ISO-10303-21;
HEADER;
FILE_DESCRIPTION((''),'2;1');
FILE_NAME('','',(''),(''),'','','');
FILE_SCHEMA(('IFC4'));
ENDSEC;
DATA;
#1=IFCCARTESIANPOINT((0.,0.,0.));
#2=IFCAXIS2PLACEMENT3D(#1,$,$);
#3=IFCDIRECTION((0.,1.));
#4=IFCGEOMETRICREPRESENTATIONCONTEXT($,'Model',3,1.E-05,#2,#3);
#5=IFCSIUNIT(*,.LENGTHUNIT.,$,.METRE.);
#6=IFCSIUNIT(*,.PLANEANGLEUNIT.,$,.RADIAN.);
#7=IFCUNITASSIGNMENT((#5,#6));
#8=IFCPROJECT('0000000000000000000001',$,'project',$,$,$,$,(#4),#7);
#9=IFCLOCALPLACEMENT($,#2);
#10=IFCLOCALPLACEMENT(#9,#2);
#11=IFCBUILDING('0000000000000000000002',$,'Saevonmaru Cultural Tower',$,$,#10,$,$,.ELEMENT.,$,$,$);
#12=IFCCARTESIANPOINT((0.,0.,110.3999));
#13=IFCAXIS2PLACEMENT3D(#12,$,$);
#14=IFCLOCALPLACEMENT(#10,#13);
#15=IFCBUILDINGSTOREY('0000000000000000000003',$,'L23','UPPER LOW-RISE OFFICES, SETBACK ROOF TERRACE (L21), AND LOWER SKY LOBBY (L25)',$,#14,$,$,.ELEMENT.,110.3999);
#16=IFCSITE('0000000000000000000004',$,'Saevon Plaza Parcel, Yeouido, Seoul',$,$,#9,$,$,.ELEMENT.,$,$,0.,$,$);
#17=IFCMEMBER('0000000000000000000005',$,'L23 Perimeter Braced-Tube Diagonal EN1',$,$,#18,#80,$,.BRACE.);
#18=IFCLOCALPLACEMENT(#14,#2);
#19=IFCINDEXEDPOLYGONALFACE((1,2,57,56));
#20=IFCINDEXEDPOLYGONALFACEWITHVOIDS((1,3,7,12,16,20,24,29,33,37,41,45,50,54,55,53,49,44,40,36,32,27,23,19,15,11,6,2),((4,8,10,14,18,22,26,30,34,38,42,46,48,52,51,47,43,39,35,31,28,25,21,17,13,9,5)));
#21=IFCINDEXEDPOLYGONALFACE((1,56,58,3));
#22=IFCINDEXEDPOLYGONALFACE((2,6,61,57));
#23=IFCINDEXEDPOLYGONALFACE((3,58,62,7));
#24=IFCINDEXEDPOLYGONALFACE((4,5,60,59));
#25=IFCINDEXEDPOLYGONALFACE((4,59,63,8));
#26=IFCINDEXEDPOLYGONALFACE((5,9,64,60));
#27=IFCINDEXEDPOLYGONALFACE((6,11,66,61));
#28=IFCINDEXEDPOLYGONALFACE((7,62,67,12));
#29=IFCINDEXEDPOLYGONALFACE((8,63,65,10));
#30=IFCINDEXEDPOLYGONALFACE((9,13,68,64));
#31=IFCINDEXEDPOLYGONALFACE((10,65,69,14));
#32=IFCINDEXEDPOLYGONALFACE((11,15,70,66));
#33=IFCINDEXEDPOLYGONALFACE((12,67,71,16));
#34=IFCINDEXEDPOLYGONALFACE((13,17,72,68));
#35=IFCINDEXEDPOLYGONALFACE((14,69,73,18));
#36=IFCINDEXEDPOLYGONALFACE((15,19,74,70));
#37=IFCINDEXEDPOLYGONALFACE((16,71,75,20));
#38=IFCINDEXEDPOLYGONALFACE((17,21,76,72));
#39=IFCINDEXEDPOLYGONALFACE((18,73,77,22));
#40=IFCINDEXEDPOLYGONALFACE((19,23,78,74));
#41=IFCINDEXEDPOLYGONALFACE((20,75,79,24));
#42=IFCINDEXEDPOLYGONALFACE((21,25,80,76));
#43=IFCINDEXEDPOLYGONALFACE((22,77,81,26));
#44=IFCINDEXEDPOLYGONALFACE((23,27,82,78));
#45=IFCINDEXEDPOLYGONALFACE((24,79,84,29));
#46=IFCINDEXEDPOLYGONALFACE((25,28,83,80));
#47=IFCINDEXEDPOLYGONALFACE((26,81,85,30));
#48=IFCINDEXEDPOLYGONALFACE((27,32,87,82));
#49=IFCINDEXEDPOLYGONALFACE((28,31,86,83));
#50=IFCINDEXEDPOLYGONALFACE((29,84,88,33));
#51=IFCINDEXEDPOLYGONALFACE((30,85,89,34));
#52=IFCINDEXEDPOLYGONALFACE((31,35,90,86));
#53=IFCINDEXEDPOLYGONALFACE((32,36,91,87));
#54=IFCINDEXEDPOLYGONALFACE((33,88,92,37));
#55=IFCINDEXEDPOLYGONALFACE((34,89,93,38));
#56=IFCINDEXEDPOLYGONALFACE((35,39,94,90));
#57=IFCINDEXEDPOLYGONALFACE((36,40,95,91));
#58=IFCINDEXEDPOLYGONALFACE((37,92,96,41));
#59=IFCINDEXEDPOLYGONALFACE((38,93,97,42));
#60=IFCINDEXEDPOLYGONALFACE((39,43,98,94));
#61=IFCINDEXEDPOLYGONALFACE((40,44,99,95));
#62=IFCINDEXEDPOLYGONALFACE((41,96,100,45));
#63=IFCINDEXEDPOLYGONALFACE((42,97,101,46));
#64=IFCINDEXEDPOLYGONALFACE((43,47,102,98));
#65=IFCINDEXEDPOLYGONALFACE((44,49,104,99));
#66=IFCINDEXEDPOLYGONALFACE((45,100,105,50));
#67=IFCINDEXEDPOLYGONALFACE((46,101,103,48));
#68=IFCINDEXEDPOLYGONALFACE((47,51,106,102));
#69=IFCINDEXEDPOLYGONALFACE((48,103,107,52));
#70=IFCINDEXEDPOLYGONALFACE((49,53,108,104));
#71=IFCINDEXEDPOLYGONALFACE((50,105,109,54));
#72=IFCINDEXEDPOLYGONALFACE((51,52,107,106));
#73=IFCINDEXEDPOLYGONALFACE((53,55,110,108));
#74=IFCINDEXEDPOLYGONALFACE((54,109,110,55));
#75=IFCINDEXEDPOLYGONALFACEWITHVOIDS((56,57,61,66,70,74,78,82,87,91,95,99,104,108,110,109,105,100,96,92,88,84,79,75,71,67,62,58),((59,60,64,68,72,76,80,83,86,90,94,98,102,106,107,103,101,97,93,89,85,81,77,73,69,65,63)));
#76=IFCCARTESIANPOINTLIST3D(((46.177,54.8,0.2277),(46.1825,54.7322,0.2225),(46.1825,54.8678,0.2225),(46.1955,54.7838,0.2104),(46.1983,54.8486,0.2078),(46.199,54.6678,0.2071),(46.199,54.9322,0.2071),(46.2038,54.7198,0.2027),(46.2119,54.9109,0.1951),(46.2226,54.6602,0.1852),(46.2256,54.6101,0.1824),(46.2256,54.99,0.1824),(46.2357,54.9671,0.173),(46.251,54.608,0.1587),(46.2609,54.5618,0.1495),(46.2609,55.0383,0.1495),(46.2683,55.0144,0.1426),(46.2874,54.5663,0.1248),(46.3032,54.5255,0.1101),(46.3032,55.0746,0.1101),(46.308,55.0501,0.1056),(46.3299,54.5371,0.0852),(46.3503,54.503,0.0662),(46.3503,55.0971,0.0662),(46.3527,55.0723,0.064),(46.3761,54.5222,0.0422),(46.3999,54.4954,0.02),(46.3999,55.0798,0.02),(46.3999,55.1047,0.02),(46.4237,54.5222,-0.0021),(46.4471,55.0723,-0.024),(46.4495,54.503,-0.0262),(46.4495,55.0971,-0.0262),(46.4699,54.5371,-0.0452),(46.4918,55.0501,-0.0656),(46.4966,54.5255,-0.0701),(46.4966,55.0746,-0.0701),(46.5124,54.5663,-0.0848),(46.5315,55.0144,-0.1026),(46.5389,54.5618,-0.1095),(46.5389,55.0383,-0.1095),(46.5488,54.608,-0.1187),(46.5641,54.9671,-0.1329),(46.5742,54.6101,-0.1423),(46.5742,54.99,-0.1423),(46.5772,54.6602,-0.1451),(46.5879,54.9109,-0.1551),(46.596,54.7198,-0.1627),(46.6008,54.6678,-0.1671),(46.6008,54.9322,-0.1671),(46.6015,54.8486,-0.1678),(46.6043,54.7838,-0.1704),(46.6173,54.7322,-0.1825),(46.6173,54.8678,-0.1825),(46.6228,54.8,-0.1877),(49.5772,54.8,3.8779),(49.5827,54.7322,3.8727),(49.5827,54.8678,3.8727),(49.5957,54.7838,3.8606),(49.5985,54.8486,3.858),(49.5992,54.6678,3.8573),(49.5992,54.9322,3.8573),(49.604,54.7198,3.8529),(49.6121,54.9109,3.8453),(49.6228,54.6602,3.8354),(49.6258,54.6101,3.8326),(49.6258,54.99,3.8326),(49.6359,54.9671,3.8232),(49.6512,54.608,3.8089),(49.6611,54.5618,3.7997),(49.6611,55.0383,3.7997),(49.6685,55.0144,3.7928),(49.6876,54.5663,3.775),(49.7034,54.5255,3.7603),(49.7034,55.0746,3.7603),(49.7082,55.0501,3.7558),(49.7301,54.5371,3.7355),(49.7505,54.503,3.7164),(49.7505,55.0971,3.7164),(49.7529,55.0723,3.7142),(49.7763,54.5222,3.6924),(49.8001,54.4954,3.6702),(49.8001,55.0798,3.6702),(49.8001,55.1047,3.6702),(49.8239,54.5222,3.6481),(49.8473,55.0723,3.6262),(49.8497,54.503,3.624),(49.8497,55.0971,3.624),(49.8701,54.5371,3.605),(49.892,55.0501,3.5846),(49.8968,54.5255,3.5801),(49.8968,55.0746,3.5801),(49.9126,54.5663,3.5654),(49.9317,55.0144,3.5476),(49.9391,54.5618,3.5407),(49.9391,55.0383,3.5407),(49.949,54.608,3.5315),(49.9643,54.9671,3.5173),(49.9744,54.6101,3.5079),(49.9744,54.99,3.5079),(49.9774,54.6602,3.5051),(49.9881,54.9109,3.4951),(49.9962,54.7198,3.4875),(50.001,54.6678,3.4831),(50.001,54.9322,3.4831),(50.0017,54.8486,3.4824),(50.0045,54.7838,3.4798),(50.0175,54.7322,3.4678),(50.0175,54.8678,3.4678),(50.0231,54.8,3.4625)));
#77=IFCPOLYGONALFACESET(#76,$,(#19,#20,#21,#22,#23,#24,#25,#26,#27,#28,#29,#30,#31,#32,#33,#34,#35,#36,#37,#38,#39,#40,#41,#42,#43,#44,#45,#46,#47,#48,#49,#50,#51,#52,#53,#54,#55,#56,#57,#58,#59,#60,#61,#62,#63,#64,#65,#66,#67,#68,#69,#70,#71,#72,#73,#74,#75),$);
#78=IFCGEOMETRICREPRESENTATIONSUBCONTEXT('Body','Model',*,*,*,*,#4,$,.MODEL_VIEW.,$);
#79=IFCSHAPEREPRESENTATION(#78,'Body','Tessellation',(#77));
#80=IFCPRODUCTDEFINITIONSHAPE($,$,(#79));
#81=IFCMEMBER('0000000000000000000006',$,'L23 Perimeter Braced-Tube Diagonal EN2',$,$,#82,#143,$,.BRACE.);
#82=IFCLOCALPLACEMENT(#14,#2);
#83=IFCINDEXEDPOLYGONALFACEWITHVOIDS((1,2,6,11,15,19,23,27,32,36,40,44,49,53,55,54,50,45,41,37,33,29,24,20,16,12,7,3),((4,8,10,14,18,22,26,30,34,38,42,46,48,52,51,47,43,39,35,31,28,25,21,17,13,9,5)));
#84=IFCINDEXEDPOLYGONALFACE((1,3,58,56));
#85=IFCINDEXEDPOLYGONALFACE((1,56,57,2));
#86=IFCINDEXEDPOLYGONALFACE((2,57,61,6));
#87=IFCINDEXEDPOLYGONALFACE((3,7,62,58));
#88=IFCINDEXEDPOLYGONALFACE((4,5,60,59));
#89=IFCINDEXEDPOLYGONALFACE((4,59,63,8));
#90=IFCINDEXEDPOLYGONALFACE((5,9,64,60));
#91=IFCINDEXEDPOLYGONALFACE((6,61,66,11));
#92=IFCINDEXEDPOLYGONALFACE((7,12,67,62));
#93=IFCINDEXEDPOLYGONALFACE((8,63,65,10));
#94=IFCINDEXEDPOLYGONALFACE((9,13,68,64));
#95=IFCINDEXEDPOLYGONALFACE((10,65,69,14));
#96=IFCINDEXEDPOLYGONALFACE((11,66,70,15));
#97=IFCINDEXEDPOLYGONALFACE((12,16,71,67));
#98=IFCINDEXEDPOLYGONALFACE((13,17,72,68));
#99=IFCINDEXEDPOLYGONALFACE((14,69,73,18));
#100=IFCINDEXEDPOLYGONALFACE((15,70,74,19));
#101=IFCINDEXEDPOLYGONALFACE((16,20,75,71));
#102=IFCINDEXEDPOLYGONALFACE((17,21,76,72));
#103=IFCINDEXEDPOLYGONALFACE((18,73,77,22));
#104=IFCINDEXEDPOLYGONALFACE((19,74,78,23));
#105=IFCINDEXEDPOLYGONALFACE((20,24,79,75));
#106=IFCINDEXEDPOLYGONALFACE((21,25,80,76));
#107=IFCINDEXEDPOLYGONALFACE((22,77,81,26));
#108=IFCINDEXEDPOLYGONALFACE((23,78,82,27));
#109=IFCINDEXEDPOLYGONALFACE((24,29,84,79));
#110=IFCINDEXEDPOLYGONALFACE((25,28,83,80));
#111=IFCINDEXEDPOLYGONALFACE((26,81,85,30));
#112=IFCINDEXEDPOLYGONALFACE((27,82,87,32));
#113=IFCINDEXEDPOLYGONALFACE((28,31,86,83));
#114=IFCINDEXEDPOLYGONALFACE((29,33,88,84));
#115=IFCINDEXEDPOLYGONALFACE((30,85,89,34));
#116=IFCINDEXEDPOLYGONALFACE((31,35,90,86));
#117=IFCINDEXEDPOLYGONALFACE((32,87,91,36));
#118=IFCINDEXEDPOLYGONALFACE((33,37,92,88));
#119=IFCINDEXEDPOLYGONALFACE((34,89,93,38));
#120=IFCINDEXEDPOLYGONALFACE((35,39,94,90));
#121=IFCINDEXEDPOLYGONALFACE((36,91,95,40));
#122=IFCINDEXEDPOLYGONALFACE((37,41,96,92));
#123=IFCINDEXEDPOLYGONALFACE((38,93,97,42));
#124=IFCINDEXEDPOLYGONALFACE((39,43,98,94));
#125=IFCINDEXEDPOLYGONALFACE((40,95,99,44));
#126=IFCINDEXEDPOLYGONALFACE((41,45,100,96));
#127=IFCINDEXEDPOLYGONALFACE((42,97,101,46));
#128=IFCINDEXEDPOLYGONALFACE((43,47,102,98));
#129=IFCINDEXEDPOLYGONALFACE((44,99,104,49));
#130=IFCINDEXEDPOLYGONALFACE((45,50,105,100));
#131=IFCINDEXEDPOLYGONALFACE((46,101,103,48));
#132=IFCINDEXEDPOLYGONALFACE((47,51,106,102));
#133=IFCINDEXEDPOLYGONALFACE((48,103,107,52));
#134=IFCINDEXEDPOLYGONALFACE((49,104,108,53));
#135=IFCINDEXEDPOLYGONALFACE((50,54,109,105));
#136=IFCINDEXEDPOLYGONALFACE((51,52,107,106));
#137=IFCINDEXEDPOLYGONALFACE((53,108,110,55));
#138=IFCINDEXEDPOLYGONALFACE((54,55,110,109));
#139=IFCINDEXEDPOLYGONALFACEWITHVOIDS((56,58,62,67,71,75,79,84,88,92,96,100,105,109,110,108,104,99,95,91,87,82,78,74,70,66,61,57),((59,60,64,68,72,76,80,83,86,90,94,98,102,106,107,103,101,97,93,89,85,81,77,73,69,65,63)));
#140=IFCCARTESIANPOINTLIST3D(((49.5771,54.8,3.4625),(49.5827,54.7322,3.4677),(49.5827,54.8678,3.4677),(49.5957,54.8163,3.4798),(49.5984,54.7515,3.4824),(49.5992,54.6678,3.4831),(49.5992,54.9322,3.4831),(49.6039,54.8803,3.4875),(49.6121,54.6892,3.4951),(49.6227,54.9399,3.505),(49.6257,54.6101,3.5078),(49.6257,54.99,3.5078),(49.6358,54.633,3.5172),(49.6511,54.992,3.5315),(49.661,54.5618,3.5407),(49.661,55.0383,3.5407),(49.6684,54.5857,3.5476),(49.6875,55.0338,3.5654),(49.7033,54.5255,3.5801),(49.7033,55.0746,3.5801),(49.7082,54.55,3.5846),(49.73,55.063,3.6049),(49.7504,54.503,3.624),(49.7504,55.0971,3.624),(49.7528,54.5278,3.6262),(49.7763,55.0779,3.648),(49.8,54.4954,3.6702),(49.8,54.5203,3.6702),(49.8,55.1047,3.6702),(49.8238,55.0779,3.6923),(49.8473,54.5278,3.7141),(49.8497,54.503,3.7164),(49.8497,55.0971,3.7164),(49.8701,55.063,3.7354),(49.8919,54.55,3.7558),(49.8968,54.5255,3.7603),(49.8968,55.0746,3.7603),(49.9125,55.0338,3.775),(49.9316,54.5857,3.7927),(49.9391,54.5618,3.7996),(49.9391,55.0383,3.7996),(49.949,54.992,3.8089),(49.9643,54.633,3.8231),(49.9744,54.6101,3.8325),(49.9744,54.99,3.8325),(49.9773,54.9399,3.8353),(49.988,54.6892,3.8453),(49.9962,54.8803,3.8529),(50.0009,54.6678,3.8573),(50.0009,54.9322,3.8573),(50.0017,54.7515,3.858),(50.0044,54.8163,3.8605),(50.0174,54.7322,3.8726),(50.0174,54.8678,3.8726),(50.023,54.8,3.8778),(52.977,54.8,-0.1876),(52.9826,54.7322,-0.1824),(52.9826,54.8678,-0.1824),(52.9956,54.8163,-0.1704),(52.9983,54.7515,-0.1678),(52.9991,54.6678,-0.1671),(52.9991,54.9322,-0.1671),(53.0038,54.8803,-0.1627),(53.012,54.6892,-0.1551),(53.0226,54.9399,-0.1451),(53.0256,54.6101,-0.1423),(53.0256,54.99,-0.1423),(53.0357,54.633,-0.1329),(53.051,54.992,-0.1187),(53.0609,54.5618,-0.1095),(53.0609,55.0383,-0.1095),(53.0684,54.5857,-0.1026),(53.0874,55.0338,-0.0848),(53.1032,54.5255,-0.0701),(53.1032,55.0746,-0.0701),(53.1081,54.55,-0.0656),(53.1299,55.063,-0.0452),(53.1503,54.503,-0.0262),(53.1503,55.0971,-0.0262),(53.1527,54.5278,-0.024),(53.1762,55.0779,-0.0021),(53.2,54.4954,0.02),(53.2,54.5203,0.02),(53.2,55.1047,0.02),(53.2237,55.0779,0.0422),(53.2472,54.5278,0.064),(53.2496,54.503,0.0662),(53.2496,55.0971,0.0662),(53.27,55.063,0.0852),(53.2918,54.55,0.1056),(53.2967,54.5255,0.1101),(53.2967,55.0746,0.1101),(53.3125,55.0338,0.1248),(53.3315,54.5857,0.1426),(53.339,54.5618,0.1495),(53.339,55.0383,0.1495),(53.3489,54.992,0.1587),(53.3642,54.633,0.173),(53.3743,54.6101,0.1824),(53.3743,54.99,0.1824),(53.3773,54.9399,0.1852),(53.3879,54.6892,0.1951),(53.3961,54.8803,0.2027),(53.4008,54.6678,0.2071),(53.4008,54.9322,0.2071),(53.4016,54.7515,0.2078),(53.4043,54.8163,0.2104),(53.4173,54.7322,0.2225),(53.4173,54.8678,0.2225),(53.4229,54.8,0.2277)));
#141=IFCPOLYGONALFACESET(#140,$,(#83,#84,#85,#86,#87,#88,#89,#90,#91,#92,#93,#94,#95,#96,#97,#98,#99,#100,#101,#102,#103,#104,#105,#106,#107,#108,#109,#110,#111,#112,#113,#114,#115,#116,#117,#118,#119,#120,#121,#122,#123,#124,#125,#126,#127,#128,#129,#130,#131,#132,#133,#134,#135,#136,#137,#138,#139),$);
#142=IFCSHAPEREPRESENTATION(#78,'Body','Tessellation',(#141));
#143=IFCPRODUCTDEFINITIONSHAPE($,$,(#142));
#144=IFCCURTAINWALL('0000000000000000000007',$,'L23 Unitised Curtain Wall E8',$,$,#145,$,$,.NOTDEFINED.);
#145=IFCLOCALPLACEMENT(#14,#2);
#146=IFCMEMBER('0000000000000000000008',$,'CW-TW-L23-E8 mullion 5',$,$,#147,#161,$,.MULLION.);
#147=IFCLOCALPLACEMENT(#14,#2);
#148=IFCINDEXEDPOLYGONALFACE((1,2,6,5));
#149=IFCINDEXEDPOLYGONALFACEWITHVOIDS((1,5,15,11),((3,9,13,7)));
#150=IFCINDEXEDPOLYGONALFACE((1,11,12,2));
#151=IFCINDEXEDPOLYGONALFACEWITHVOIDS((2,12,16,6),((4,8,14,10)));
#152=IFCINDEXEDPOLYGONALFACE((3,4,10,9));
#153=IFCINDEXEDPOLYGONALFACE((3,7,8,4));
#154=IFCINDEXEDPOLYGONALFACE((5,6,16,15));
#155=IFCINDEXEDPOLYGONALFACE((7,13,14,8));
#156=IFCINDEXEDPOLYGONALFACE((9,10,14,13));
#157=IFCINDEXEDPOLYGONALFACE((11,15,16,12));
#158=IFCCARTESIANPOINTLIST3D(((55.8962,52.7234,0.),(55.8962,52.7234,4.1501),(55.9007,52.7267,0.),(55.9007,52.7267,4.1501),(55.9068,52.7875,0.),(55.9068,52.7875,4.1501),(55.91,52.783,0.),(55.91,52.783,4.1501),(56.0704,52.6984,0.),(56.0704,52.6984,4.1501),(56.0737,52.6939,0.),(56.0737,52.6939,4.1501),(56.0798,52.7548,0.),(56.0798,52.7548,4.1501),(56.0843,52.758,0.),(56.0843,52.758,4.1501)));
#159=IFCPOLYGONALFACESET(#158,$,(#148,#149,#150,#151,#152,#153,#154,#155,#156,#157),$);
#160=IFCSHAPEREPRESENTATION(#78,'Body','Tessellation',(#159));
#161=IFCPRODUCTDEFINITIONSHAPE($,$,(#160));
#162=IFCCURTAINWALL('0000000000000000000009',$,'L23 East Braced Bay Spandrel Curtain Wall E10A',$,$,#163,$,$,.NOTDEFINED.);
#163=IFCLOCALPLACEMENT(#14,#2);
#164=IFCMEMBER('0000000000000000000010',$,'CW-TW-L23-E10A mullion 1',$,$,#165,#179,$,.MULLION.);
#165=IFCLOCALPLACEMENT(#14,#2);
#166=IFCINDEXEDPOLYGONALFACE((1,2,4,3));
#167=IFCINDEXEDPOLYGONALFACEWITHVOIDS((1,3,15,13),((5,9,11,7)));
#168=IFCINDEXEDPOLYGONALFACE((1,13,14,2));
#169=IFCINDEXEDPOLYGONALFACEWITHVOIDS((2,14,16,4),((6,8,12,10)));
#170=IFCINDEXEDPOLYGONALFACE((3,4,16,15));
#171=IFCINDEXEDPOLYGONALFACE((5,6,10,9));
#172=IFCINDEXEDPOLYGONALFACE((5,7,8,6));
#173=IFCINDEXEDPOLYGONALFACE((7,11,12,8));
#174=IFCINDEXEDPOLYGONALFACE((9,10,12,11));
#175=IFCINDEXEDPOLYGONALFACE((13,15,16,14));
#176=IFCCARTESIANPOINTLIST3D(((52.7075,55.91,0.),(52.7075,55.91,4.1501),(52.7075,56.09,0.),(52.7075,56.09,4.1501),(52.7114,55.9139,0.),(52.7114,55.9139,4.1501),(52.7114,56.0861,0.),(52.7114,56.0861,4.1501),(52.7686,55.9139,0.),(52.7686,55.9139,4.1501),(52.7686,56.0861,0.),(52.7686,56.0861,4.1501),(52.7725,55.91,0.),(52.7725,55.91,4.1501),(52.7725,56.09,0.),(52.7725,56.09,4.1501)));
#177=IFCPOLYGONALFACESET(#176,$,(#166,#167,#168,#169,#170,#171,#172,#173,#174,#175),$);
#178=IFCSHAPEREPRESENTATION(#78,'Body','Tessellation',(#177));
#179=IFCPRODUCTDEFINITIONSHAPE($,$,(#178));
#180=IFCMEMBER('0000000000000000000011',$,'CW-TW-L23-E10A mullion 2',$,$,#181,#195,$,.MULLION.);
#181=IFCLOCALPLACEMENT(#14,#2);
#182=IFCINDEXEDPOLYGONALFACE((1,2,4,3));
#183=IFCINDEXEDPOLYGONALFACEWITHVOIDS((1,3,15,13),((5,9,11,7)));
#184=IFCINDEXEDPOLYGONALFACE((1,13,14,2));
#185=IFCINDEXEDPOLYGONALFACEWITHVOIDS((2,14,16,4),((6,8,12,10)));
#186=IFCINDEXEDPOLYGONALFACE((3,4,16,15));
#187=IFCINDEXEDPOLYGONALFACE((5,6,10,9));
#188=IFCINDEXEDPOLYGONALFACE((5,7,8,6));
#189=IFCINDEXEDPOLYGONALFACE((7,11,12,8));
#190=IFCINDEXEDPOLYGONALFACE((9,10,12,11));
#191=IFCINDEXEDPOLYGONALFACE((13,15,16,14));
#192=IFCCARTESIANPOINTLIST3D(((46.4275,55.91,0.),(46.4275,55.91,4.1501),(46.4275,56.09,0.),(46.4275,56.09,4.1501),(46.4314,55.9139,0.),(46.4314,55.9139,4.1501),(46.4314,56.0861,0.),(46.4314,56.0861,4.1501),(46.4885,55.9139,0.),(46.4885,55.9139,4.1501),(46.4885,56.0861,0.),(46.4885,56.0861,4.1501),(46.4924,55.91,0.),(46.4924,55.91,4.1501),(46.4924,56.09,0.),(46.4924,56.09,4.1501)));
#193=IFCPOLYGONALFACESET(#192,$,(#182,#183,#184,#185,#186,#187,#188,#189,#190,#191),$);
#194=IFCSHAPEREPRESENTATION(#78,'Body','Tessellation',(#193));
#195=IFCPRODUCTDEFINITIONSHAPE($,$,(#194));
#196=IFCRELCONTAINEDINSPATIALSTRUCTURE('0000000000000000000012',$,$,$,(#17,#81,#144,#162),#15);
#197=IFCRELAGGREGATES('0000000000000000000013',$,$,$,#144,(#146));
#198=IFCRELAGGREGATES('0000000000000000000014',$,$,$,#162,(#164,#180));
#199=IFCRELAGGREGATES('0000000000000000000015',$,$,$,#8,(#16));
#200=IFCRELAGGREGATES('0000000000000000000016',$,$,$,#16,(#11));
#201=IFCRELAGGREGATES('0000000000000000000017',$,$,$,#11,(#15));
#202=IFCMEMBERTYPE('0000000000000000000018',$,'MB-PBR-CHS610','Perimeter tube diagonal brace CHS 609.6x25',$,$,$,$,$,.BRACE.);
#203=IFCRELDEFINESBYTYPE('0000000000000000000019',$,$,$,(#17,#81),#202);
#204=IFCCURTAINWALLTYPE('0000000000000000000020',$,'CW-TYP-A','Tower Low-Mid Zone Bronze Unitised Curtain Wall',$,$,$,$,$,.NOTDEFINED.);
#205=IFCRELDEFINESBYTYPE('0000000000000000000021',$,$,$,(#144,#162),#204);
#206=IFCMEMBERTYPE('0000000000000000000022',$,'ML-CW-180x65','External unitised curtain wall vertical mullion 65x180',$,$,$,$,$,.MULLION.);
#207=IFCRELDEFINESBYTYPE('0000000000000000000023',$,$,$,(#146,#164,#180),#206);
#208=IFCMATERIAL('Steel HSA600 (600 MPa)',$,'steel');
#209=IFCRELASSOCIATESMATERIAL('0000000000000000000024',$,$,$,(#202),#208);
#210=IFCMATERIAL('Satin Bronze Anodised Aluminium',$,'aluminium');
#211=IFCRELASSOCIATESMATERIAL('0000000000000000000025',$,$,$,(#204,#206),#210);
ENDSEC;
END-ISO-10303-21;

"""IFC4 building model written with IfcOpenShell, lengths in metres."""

from ifc_helpers import new_model, si_unit, direction, frame, origin, origin_2d, place, context, subcontext, project, spatial, hollow_rectangle, hollow_circle, extrude, material, material_profile, profile_set, type_object, element, aggregate, save


model = new_model("IFC4")

# Units and contexts
model_context = context("Model", 3, precision=1e-05, world=origin(), true_north=direction((0.0, 1.0)))
body_context = subcontext(model_context, "Body", "Model", "MODEL_VIEW")
ifc_project = project(units=[si_unit("LENGTHUNIT", "METRE"), si_unit("PLANEANGLEUNIT", "RADIAN")], contexts=[model_context])

# Site, building, storey
site_placement = place(None, origin())
site = spatial("IfcSite", under=ifc_project, at=site_placement, Name="Saevon Plaza Parcel, Yeouido, Seoul", CompositionType="ELEMENT", RefElevation=0.0)
building_placement = place(site_placement, origin())
building = spatial("IfcBuilding", under=site, at=building_placement, Name="Saevonmaru Cultural Tower", CompositionType="ELEMENT")
storey_placement = place(building_placement, frame((0.0, 0.0, 110.3999)))
storey = spatial("IfcBuildingStorey", under=building, at=storey_placement, Name="L23", Description="UPPER LOW-RISE OFFICES, SETBACK ROOF TERRACE (L21), AND LOWER SKY LOBBY (L25)", CompositionType="ELEMENT", Elevation=110.3999)

# Members
ifc_material_1 = material(Name="Steel HSA600 (600 MPa)", Category="steel")
ifc_material_profile_1 = material_profile(ifc_material_1, hollow_circle(Radius=0.3047, WallThickness=0.0249, at=origin_2d()), Name="CHS-609.6x25")
ifc_profile_set_1 = profile_set([ifc_material_profile_1], Name="Steel HSA600 (600 MPa)")
member_type_1 = type_object("IfcMemberType", Name="MB-PBR-CHS610", Description="Perimeter tube diagonal brace CHS 609.6x25", PredefinedType="BRACE", material=ifc_profile_set_1)
member_1_placement = place(storey_placement, frame((46.3999, 54.8, 0.02), z_axis=(0.681605, 0.0, 0.731721), x_axis=(0.0, 1.0, 0.0)))
element("IfcMember", 1, at=member_1_placement, inside=storey, type_object=member_type_1, Name="L23 Perimeter Braced-Tube Diagonal EN1", PredefinedType="BRACE", context=body_context, shape_type="SweptSolid", body=[
    extrude(hollow_circle(Radius=0.3047, WallThickness=0.0249, at=origin_2d()), origin(), (0.0, 0.0, 1.0), 4.9885),
])
member_2_placement = place(storey_placement, frame((53.2, 54.8, 0.02), z_axis=(-0.681579, 0.0, 0.731745), x_axis=(0.0, -1.0, 0.0)))
element("IfcMember", 2, at=member_2_placement, inside=storey, type_object=member_type_1, Name="L23 Perimeter Braced-Tube Diagonal EN2", PredefinedType="BRACE", context=body_context, shape_type="SweptSolid", body=[
    extrude(hollow_circle(Radius=0.3047, WallThickness=0.0249, at=origin_2d()), origin(), (0.0, 0.0, 1.0), 4.9883),
])

# Curtain wall, member
ifc_material_2 = material(Name="Satin Bronze Anodised Aluminium", Category="aluminium")
curtain_wall_type = type_object("IfcCurtainWallType", Name="CW-TYP-A", Description="Tower Low-Mid Zone Bronze Unitised Curtain Wall", PredefinedType="NOTDEFINED", material=ifc_material_2)
curtain_wall_1_placement = place(storey_placement, origin())
curtain_wall_1 = element("IfcCurtainWall", 3, at=curtain_wall_1_placement, inside=storey, type_object=curtain_wall_type, Name="L23 Unitised Curtain Wall E8", PredefinedType="NOTDEFINED")
ifc_material_profile_2 = material_profile(ifc_material_2, hollow_rectangle(XDim=0.0649, YDim=0.1799, WallThickness=0.0039, at=origin_2d()), Name="ALU-MULL-180x65x4")
ifc_profile_set_2 = profile_set([ifc_material_profile_2], Name="Satin Bronze Anodised Aluminium")
member_type_2 = type_object("IfcMemberType", Name="ML-CW-180x65", Description="External unitised curtain wall vertical mullion 65x180", PredefinedType="MULLION", material=ifc_profile_set_2)
member_3_placement = place(storey_placement, frame((55.9902, 52.7407, 0.0), z_axis=(0.0, 0.0, 1.0), x_axis=(0.163999, 0.986461, 0.0)))
member_3 = element("IfcMember", 4, at=member_3_placement, type_object=member_type_2, Name="CW-TW-L23-E8 mullion 5", PredefinedType="MULLION", context=body_context, shape_type="SweptSolid", body=[
    extrude(hollow_rectangle(XDim=0.0649, YDim=0.1799, WallThickness=0.0039, at=origin_2d()), origin(), (0.0, 0.0, 1.0), 4.1501),
])
aggregate(curtain_wall_1, [member_3])

# Curtain wall, members
curtain_wall_2_placement = place(storey_placement, origin())
curtain_wall_2 = element("IfcCurtainWall", 5, at=curtain_wall_2_placement, inside=storey, type_object=curtain_wall_type, Name="L23 East Braced Bay Spandrel Curtain Wall E10A", PredefinedType="NOTDEFINED")
member_4_placement = place(storey_placement, frame((52.74, 56.0, 0.0), z_axis=(0.0, 0.0, 1.0), x_axis=(-1.0, 0.0, 0.0)))
member_4 = element("IfcMember", 6, at=member_4_placement, type_object=member_type_2, Name="CW-TW-L23-E10A mullion 1", PredefinedType="MULLION", context=body_context, shape_type="SweptSolid", body=[
    extrude(hollow_rectangle(XDim=0.0649, YDim=0.1799, WallThickness=0.0039, at=origin_2d()), origin(), (0.0, 0.0, 1.0), 4.1501),
])
member_5_placement = place(storey_placement, frame((46.46, 56.0, 0.0), z_axis=(0.0, 0.0, 1.0), x_axis=(-1.0, 0.0, 0.0)))
member_5 = element("IfcMember", 7, at=member_5_placement, type_object=member_type_2, Name="CW-TW-L23-E10A mullion 2", PredefinedType="MULLION", context=body_context, shape_type="SweptSolid", body=[
    extrude(hollow_rectangle(XDim=0.0649, YDim=0.1799, WallThickness=0.0039, at=origin_2d()), origin(), (0.0, 0.0, 1.0), 4.1501),
])

aggregate(curtain_wall_2, [member_4, member_5])

save(model, "model.ifc")
